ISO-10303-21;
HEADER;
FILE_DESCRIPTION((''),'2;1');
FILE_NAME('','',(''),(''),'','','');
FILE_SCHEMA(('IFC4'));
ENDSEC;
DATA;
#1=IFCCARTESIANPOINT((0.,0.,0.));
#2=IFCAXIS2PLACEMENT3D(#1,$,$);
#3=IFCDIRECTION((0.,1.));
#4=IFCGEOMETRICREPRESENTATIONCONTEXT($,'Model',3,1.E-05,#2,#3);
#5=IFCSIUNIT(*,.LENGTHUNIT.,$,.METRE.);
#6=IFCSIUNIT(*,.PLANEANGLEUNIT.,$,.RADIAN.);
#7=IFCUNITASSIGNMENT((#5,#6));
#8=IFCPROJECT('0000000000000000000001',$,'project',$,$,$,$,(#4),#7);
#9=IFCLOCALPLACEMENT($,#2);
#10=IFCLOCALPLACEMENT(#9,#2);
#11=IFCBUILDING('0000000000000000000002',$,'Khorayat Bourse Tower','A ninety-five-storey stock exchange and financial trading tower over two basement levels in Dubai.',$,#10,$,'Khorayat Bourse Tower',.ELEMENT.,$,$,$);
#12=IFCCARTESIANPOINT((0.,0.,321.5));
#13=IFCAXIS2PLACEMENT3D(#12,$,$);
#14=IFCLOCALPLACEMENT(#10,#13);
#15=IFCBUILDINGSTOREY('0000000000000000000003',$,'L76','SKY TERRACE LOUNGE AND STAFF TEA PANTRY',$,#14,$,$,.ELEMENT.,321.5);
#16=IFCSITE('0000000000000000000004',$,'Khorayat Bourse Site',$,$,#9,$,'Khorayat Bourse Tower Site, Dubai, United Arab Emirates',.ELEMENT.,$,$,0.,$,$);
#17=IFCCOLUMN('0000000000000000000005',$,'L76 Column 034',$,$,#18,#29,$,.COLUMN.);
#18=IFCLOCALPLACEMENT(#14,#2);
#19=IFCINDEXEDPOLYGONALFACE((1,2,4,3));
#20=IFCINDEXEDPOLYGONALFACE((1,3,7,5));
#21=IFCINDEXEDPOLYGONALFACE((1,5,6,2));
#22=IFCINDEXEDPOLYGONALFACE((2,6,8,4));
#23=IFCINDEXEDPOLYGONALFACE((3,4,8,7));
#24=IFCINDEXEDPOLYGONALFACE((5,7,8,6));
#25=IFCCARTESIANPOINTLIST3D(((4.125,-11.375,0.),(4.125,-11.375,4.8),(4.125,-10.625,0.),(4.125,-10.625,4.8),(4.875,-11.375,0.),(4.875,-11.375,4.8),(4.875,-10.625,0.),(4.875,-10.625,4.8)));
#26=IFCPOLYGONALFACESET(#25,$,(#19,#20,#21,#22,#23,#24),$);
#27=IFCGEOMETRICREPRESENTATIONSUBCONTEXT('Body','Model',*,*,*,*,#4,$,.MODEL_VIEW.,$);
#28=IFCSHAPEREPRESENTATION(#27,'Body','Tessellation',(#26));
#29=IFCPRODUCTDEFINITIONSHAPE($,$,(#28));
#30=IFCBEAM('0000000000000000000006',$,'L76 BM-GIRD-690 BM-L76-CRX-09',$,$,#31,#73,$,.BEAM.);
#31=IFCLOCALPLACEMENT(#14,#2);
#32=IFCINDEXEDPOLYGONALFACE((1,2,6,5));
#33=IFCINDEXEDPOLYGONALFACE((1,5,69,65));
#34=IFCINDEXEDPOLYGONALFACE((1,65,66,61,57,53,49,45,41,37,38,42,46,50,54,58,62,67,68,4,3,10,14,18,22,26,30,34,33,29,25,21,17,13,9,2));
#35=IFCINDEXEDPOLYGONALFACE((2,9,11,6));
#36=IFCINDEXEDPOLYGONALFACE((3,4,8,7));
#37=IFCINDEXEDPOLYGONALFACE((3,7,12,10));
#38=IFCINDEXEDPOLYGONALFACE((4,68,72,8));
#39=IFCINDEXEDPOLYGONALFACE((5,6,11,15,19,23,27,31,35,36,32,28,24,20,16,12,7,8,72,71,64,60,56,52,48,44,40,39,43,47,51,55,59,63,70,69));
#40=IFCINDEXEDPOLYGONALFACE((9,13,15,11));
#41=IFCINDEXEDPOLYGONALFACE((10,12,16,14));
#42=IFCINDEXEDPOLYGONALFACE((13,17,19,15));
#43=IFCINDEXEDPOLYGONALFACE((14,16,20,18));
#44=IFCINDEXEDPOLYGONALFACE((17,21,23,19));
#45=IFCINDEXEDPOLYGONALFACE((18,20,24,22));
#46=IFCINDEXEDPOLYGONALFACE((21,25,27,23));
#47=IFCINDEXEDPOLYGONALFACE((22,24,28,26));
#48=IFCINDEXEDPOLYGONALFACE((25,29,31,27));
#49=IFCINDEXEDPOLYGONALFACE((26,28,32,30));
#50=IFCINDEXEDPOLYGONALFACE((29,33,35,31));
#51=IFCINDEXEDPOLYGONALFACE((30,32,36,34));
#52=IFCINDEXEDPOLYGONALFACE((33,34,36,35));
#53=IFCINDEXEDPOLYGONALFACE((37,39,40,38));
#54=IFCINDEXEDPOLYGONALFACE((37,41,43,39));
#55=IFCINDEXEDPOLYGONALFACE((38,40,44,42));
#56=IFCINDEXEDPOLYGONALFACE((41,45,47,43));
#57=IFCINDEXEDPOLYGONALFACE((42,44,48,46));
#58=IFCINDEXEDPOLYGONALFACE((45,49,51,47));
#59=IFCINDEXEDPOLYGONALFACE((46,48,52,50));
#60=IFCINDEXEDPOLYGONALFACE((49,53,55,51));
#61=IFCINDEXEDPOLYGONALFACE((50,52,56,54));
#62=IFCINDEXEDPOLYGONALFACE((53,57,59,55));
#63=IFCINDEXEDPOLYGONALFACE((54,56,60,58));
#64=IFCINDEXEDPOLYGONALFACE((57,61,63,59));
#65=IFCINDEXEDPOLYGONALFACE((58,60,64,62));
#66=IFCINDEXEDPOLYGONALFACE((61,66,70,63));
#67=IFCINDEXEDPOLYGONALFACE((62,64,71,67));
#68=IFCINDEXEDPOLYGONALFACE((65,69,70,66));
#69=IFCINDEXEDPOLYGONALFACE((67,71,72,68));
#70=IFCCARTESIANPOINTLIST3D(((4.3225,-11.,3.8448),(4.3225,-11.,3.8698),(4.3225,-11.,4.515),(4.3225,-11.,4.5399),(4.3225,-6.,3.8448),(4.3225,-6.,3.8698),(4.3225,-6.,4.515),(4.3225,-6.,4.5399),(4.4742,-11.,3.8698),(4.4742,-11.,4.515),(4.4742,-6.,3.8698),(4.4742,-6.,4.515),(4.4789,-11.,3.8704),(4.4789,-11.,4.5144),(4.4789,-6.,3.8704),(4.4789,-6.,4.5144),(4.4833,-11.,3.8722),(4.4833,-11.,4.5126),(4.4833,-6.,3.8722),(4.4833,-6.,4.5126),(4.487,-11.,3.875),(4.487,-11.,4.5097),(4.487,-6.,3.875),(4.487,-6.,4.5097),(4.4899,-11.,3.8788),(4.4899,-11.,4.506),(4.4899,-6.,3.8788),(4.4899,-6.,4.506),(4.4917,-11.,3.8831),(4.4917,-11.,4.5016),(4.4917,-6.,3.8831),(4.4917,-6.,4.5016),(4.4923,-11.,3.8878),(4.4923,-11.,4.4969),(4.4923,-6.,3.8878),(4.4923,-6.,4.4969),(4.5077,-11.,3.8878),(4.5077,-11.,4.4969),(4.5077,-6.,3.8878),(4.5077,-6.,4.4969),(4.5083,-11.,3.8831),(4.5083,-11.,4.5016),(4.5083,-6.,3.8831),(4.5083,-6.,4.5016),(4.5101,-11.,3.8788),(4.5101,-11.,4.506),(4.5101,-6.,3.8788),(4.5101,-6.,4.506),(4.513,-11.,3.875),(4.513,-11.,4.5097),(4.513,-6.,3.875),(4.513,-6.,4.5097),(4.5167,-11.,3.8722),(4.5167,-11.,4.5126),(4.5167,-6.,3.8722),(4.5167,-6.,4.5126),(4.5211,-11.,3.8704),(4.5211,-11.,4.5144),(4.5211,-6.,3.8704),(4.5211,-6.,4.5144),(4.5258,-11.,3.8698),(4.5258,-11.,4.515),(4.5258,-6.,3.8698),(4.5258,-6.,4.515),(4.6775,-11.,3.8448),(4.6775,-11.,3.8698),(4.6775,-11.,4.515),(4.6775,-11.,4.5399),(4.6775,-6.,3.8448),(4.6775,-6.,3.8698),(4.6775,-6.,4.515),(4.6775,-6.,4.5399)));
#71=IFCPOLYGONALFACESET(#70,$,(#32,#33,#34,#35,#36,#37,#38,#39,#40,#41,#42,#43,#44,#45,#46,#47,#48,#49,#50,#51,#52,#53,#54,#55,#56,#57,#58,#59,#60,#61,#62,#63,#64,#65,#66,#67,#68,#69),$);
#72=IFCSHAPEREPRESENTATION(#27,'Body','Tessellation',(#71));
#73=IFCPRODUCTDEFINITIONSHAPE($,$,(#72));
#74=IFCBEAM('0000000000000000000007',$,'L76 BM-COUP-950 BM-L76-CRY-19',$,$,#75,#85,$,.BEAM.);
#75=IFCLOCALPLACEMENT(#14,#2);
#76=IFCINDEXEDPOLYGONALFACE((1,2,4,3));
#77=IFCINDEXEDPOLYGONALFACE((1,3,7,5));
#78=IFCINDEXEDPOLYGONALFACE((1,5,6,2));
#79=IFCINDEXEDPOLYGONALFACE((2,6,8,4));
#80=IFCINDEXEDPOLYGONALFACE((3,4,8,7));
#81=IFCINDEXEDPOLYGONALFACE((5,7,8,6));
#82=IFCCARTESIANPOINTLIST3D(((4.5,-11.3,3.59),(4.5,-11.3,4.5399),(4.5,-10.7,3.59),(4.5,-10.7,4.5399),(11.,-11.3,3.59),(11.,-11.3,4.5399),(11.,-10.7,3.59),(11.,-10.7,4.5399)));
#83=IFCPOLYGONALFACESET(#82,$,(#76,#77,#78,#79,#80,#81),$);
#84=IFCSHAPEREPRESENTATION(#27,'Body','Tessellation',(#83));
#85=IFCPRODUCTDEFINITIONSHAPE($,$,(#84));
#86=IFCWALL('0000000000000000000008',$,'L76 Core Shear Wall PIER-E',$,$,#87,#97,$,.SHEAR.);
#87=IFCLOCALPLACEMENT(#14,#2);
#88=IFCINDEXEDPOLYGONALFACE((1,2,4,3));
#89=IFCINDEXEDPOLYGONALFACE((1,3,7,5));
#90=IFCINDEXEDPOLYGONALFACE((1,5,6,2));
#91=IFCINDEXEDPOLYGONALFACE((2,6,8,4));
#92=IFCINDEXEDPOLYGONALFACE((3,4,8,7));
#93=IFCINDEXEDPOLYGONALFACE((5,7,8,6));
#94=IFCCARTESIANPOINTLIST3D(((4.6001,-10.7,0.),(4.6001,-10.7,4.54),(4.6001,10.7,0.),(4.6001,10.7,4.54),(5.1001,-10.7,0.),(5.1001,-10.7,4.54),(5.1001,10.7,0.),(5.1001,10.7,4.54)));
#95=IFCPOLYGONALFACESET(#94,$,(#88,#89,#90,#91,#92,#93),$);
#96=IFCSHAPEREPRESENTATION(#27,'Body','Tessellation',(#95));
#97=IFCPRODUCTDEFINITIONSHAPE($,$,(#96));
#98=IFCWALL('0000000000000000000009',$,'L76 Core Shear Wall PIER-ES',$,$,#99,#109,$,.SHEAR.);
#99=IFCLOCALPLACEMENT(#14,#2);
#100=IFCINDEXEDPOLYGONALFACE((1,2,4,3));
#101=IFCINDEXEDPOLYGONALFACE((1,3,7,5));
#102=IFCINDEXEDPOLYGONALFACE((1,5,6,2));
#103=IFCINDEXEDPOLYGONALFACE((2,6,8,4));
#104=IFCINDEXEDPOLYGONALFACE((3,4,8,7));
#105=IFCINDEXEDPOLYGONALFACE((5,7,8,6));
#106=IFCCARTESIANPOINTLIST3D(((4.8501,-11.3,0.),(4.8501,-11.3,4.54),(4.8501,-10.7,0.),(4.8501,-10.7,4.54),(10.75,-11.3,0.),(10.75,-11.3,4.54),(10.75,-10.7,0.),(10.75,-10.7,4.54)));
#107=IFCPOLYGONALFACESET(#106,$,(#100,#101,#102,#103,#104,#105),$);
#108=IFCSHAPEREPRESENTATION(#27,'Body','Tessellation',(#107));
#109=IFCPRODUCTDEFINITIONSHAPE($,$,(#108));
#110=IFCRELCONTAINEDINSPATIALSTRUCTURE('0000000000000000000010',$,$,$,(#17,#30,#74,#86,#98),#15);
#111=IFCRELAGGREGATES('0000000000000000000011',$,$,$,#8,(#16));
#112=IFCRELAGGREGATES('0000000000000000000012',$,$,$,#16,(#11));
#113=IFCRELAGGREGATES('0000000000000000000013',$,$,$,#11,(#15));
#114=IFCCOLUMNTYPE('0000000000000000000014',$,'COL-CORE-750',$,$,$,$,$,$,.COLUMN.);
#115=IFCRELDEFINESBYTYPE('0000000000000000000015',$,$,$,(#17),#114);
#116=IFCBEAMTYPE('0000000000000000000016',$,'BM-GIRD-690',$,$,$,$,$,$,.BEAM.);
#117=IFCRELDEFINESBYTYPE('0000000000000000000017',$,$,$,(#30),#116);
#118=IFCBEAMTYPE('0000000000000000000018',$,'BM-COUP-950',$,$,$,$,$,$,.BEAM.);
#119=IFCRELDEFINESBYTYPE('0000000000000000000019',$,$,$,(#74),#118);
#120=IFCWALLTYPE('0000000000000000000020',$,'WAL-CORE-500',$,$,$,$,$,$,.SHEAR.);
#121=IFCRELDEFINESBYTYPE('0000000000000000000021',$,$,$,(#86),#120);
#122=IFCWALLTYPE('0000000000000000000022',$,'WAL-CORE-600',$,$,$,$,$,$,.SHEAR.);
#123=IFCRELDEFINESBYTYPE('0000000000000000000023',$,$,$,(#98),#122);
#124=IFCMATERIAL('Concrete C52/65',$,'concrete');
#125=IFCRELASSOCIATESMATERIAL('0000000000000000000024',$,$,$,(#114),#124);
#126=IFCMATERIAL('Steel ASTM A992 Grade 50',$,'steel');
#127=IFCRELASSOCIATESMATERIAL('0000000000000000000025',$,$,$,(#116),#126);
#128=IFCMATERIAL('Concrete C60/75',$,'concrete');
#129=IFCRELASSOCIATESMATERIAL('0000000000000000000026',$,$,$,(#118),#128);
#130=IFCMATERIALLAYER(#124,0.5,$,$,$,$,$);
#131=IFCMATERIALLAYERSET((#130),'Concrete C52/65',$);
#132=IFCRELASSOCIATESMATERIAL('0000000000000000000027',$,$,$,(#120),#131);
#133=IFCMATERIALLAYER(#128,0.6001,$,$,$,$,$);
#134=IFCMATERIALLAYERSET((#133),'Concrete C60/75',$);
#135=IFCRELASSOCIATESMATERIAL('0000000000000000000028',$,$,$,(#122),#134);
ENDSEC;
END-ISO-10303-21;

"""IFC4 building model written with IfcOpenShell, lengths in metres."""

from ifc_helpers import new_model, si_unit, direction, frame, frame_2d, origin, origin_2d, place, context, subcontext, project, spatial, rectangle, i_section, extrude, source, transform, mapped, material, layer, layer_set, material_profile, profile_set, type_object, element, save


model = new_model("IFC4")

# Units and contexts
model_context = context("Model", 3, precision=1e-05, world=origin(), true_north=direction((0.0, 1.0)))
body_context = subcontext(model_context, "Body", "Model", "MODEL_VIEW")
ifc_project = project(units=[si_unit("LENGTHUNIT", "METRE"), si_unit("PLANEANGLEUNIT", "RADIAN")], contexts=[model_context])

# Site, building, storey
site_placement = place(None, origin())
site = spatial("IfcSite", under=ifc_project, at=site_placement, Name="Khorayat Bourse Site", LongName="Khorayat Bourse Tower Site, Dubai, United Arab Emirates", CompositionType="ELEMENT", RefElevation=0.0)
building_placement = place(site_placement, origin())
building = spatial("IfcBuilding", under=site, at=building_placement, Name="Khorayat Bourse Tower", Description="A ninety-five-storey stock exchange and financial trading tower over two basement levels in Dubai.", LongName="Khorayat Bourse Tower", CompositionType="ELEMENT")
storey_placement = place(building_placement, frame((0.0, 0.0, 321.5)))
storey = spatial("IfcBuildingStorey", under=building, at=storey_placement, Name="L76", Description="SKY TERRACE LOUNGE AND STAFF TEA PANTRY", CompositionType="ELEMENT", Elevation=321.5)

# Column
ifc_material_1 = material(Name="Concrete C52/65", Category="concrete")
ifc_material_profile_1 = material_profile(ifc_material_1, rectangle(XDim=0.75, YDim=0.75, at=origin_2d()), Name="RC 750x750")
ifc_profile_set_1 = profile_set([ifc_material_profile_1], Name="Concrete C52/65")
column_type = type_object("IfcColumnType", Name="COL-CORE-750", PredefinedType="COLUMN", material=ifc_profile_set_1)
shared_shape_1 = source(origin(), body_context, "Body", "SweptSolid", [
    extrude(rectangle(XDim=0.75, YDim=0.75, at=origin_2d()), origin(), (0.0, 0.0, 1.0), 4.8),
])
column_placement = place(storey_placement, frame((4.5, -11.0, 0.0), z_axis=(0.0, 0.0, 1.0), x_axis=(1.0, 0.0, 0.0)))
element("IfcColumn", 1, at=column_placement, inside=storey, type_object=column_type, Name="L76 Column 034", PredefinedType="COLUMN", context=body_context, shape_type="MappedRepresentation", body=[
    mapped(shared_shape_1, transform((0.0, 0.0, 0.0), scale=1.0)),
])

# Beams
ifc_material_2 = material(Name="Steel ASTM A992 Grade 50", Category="steel")
ifc_material_profile_2 = material_profile(ifc_material_2, i_section(OverallWidth=0.355, OverallDepth=0.6951, WebThickness=0.0154, FlangeThickness=0.0249, FilletRadius=0.0181, at=origin_2d()), Name="W690X217")
ifc_profile_set_2 = profile_set([ifc_material_profile_2], Name="Steel ASTM A992 Grade 50")
beam_type_1 = type_object("IfcBeamType", Name="BM-GIRD-690", PredefinedType="BEAM", material=ifc_profile_set_2)
shared_shape_2 = source(origin(), body_context, "Body", "SweptSolid", [
    extrude(i_section(OverallWidth=0.355, OverallDepth=0.6951, WebThickness=0.0154, FlangeThickness=0.0249, FilletRadius=0.0181, at=origin_2d()), origin(), (0.0, 0.0, 1.0), 5.0),
])
beam_1_placement = place(storey_placement, frame((4.5, -11.0, 4.1924), z_axis=(0.0, 1.0, 0.0), x_axis=(-1.0, 0.0, 0.0)))
element("IfcBeam", 2, at=beam_1_placement, inside=storey, type_object=beam_type_1, Name="L76 BM-GIRD-690 BM-L76-CRX-09", PredefinedType="BEAM", context=body_context, shape_type="MappedRepresentation", body=[
    mapped(shared_shape_2, transform((0.0, 0.0, 0.0), scale=1.0)),
])
ifc_material_3 = material(Name="Concrete C60/75", Category="concrete")
ifc_material_profile_3 = material_profile(ifc_material_3, rectangle(XDim=0.6001, YDim=0.95, at=origin_2d()), Name="RC 600x950")
ifc_profile_set_3 = profile_set([ifc_material_profile_3], Name="Concrete C60/75")
beam_type_2 = type_object("IfcBeamType", Name="BM-COUP-950", PredefinedType="BEAM", material=ifc_profile_set_3)
shared_shape_3 = source(origin(), body_context, "Body", "SweptSolid", [
    extrude(rectangle(XDim=0.6001, YDim=0.95, at=origin_2d()), origin(), (0.0, 0.0, 1.0), 6.5),
])
beam_2_placement = place(storey_placement, frame((4.5, -11.0, 4.0649), z_axis=(1.0, 0.0, 0.0), x_axis=(0.0, 1.0, 0.0)))
element("IfcBeam", 3, at=beam_2_placement, inside=storey, type_object=beam_type_2, Name="L76 BM-COUP-950 BM-L76-CRY-19", PredefinedType="BEAM", context=body_context, shape_type="MappedRepresentation", body=[
    mapped(shared_shape_3, transform((0.0, 0.0, 0.0), scale=1.0)),
])

# Walls
ifc_layer_1 = layer(ifc_material_1, 0.5)
ifc_layer_set_1 = layer_set([ifc_layer_1], Name="Concrete C52/65")
wall_type_1 = type_object("IfcWallType", Name="WAL-CORE-500", PredefinedType="SHEAR", material=ifc_layer_set_1)
shared_shape_4 = source(origin(), body_context, "Body", "SweptSolid", [
    extrude(rectangle(XDim=21.3999, YDim=0.5, at=frame_2d((10.7, 0.0))), origin(), (0.0, 0.0, 1.0), 4.54),
])
wall_1_placement = place(storey_placement, frame((4.8501, -10.7, 0.0), z_axis=(0.0, 0.0, 1.0), x_axis=(0.0, 1.0, 0.0)))
element("IfcWall", 4, at=wall_1_placement, inside=storey, type_object=wall_type_1, Name="L76 Core Shear Wall PIER-E", PredefinedType="SHEAR", context=body_context, shape_type="MappedRepresentation", body=[
    mapped(shared_shape_4, transform((0.0, 0.0, 0.0), scale=1.0)),
])
ifc_layer_2 = layer(ifc_material_3, 0.6001)
ifc_layer_set_2 = layer_set([ifc_layer_2], Name="Concrete C60/75")
wall_type_2 = type_object("IfcWallType", Name="WAL-CORE-600", PredefinedType="SHEAR", material=ifc_layer_set_2)
shared_shape_5 = source(origin(), body_context, "Body", "SweptSolid", [
    extrude(rectangle(XDim=5.8999, YDim=0.6001, at=frame_2d((2.95, 0.0))), origin(), (0.0, 0.0, 1.0), 4.54),
])
wall_2_placement = place(storey_placement, frame((4.8501, -11.0, 0.0), z_axis=(0.0, 0.0, 1.0), x_axis=(1.0, 0.0, 0.0)))
element("IfcWall", 5, at=wall_2_placement, inside=storey, type_object=wall_type_2, Name="L76 Core Shear Wall PIER-ES", PredefinedType="SHEAR", context=body_context, shape_type="MappedRepresentation", body=[
    mapped(shared_shape_5, transform((0.0, 0.0, 0.0), scale=1.0)),
])

save(model, "model.ifc")
